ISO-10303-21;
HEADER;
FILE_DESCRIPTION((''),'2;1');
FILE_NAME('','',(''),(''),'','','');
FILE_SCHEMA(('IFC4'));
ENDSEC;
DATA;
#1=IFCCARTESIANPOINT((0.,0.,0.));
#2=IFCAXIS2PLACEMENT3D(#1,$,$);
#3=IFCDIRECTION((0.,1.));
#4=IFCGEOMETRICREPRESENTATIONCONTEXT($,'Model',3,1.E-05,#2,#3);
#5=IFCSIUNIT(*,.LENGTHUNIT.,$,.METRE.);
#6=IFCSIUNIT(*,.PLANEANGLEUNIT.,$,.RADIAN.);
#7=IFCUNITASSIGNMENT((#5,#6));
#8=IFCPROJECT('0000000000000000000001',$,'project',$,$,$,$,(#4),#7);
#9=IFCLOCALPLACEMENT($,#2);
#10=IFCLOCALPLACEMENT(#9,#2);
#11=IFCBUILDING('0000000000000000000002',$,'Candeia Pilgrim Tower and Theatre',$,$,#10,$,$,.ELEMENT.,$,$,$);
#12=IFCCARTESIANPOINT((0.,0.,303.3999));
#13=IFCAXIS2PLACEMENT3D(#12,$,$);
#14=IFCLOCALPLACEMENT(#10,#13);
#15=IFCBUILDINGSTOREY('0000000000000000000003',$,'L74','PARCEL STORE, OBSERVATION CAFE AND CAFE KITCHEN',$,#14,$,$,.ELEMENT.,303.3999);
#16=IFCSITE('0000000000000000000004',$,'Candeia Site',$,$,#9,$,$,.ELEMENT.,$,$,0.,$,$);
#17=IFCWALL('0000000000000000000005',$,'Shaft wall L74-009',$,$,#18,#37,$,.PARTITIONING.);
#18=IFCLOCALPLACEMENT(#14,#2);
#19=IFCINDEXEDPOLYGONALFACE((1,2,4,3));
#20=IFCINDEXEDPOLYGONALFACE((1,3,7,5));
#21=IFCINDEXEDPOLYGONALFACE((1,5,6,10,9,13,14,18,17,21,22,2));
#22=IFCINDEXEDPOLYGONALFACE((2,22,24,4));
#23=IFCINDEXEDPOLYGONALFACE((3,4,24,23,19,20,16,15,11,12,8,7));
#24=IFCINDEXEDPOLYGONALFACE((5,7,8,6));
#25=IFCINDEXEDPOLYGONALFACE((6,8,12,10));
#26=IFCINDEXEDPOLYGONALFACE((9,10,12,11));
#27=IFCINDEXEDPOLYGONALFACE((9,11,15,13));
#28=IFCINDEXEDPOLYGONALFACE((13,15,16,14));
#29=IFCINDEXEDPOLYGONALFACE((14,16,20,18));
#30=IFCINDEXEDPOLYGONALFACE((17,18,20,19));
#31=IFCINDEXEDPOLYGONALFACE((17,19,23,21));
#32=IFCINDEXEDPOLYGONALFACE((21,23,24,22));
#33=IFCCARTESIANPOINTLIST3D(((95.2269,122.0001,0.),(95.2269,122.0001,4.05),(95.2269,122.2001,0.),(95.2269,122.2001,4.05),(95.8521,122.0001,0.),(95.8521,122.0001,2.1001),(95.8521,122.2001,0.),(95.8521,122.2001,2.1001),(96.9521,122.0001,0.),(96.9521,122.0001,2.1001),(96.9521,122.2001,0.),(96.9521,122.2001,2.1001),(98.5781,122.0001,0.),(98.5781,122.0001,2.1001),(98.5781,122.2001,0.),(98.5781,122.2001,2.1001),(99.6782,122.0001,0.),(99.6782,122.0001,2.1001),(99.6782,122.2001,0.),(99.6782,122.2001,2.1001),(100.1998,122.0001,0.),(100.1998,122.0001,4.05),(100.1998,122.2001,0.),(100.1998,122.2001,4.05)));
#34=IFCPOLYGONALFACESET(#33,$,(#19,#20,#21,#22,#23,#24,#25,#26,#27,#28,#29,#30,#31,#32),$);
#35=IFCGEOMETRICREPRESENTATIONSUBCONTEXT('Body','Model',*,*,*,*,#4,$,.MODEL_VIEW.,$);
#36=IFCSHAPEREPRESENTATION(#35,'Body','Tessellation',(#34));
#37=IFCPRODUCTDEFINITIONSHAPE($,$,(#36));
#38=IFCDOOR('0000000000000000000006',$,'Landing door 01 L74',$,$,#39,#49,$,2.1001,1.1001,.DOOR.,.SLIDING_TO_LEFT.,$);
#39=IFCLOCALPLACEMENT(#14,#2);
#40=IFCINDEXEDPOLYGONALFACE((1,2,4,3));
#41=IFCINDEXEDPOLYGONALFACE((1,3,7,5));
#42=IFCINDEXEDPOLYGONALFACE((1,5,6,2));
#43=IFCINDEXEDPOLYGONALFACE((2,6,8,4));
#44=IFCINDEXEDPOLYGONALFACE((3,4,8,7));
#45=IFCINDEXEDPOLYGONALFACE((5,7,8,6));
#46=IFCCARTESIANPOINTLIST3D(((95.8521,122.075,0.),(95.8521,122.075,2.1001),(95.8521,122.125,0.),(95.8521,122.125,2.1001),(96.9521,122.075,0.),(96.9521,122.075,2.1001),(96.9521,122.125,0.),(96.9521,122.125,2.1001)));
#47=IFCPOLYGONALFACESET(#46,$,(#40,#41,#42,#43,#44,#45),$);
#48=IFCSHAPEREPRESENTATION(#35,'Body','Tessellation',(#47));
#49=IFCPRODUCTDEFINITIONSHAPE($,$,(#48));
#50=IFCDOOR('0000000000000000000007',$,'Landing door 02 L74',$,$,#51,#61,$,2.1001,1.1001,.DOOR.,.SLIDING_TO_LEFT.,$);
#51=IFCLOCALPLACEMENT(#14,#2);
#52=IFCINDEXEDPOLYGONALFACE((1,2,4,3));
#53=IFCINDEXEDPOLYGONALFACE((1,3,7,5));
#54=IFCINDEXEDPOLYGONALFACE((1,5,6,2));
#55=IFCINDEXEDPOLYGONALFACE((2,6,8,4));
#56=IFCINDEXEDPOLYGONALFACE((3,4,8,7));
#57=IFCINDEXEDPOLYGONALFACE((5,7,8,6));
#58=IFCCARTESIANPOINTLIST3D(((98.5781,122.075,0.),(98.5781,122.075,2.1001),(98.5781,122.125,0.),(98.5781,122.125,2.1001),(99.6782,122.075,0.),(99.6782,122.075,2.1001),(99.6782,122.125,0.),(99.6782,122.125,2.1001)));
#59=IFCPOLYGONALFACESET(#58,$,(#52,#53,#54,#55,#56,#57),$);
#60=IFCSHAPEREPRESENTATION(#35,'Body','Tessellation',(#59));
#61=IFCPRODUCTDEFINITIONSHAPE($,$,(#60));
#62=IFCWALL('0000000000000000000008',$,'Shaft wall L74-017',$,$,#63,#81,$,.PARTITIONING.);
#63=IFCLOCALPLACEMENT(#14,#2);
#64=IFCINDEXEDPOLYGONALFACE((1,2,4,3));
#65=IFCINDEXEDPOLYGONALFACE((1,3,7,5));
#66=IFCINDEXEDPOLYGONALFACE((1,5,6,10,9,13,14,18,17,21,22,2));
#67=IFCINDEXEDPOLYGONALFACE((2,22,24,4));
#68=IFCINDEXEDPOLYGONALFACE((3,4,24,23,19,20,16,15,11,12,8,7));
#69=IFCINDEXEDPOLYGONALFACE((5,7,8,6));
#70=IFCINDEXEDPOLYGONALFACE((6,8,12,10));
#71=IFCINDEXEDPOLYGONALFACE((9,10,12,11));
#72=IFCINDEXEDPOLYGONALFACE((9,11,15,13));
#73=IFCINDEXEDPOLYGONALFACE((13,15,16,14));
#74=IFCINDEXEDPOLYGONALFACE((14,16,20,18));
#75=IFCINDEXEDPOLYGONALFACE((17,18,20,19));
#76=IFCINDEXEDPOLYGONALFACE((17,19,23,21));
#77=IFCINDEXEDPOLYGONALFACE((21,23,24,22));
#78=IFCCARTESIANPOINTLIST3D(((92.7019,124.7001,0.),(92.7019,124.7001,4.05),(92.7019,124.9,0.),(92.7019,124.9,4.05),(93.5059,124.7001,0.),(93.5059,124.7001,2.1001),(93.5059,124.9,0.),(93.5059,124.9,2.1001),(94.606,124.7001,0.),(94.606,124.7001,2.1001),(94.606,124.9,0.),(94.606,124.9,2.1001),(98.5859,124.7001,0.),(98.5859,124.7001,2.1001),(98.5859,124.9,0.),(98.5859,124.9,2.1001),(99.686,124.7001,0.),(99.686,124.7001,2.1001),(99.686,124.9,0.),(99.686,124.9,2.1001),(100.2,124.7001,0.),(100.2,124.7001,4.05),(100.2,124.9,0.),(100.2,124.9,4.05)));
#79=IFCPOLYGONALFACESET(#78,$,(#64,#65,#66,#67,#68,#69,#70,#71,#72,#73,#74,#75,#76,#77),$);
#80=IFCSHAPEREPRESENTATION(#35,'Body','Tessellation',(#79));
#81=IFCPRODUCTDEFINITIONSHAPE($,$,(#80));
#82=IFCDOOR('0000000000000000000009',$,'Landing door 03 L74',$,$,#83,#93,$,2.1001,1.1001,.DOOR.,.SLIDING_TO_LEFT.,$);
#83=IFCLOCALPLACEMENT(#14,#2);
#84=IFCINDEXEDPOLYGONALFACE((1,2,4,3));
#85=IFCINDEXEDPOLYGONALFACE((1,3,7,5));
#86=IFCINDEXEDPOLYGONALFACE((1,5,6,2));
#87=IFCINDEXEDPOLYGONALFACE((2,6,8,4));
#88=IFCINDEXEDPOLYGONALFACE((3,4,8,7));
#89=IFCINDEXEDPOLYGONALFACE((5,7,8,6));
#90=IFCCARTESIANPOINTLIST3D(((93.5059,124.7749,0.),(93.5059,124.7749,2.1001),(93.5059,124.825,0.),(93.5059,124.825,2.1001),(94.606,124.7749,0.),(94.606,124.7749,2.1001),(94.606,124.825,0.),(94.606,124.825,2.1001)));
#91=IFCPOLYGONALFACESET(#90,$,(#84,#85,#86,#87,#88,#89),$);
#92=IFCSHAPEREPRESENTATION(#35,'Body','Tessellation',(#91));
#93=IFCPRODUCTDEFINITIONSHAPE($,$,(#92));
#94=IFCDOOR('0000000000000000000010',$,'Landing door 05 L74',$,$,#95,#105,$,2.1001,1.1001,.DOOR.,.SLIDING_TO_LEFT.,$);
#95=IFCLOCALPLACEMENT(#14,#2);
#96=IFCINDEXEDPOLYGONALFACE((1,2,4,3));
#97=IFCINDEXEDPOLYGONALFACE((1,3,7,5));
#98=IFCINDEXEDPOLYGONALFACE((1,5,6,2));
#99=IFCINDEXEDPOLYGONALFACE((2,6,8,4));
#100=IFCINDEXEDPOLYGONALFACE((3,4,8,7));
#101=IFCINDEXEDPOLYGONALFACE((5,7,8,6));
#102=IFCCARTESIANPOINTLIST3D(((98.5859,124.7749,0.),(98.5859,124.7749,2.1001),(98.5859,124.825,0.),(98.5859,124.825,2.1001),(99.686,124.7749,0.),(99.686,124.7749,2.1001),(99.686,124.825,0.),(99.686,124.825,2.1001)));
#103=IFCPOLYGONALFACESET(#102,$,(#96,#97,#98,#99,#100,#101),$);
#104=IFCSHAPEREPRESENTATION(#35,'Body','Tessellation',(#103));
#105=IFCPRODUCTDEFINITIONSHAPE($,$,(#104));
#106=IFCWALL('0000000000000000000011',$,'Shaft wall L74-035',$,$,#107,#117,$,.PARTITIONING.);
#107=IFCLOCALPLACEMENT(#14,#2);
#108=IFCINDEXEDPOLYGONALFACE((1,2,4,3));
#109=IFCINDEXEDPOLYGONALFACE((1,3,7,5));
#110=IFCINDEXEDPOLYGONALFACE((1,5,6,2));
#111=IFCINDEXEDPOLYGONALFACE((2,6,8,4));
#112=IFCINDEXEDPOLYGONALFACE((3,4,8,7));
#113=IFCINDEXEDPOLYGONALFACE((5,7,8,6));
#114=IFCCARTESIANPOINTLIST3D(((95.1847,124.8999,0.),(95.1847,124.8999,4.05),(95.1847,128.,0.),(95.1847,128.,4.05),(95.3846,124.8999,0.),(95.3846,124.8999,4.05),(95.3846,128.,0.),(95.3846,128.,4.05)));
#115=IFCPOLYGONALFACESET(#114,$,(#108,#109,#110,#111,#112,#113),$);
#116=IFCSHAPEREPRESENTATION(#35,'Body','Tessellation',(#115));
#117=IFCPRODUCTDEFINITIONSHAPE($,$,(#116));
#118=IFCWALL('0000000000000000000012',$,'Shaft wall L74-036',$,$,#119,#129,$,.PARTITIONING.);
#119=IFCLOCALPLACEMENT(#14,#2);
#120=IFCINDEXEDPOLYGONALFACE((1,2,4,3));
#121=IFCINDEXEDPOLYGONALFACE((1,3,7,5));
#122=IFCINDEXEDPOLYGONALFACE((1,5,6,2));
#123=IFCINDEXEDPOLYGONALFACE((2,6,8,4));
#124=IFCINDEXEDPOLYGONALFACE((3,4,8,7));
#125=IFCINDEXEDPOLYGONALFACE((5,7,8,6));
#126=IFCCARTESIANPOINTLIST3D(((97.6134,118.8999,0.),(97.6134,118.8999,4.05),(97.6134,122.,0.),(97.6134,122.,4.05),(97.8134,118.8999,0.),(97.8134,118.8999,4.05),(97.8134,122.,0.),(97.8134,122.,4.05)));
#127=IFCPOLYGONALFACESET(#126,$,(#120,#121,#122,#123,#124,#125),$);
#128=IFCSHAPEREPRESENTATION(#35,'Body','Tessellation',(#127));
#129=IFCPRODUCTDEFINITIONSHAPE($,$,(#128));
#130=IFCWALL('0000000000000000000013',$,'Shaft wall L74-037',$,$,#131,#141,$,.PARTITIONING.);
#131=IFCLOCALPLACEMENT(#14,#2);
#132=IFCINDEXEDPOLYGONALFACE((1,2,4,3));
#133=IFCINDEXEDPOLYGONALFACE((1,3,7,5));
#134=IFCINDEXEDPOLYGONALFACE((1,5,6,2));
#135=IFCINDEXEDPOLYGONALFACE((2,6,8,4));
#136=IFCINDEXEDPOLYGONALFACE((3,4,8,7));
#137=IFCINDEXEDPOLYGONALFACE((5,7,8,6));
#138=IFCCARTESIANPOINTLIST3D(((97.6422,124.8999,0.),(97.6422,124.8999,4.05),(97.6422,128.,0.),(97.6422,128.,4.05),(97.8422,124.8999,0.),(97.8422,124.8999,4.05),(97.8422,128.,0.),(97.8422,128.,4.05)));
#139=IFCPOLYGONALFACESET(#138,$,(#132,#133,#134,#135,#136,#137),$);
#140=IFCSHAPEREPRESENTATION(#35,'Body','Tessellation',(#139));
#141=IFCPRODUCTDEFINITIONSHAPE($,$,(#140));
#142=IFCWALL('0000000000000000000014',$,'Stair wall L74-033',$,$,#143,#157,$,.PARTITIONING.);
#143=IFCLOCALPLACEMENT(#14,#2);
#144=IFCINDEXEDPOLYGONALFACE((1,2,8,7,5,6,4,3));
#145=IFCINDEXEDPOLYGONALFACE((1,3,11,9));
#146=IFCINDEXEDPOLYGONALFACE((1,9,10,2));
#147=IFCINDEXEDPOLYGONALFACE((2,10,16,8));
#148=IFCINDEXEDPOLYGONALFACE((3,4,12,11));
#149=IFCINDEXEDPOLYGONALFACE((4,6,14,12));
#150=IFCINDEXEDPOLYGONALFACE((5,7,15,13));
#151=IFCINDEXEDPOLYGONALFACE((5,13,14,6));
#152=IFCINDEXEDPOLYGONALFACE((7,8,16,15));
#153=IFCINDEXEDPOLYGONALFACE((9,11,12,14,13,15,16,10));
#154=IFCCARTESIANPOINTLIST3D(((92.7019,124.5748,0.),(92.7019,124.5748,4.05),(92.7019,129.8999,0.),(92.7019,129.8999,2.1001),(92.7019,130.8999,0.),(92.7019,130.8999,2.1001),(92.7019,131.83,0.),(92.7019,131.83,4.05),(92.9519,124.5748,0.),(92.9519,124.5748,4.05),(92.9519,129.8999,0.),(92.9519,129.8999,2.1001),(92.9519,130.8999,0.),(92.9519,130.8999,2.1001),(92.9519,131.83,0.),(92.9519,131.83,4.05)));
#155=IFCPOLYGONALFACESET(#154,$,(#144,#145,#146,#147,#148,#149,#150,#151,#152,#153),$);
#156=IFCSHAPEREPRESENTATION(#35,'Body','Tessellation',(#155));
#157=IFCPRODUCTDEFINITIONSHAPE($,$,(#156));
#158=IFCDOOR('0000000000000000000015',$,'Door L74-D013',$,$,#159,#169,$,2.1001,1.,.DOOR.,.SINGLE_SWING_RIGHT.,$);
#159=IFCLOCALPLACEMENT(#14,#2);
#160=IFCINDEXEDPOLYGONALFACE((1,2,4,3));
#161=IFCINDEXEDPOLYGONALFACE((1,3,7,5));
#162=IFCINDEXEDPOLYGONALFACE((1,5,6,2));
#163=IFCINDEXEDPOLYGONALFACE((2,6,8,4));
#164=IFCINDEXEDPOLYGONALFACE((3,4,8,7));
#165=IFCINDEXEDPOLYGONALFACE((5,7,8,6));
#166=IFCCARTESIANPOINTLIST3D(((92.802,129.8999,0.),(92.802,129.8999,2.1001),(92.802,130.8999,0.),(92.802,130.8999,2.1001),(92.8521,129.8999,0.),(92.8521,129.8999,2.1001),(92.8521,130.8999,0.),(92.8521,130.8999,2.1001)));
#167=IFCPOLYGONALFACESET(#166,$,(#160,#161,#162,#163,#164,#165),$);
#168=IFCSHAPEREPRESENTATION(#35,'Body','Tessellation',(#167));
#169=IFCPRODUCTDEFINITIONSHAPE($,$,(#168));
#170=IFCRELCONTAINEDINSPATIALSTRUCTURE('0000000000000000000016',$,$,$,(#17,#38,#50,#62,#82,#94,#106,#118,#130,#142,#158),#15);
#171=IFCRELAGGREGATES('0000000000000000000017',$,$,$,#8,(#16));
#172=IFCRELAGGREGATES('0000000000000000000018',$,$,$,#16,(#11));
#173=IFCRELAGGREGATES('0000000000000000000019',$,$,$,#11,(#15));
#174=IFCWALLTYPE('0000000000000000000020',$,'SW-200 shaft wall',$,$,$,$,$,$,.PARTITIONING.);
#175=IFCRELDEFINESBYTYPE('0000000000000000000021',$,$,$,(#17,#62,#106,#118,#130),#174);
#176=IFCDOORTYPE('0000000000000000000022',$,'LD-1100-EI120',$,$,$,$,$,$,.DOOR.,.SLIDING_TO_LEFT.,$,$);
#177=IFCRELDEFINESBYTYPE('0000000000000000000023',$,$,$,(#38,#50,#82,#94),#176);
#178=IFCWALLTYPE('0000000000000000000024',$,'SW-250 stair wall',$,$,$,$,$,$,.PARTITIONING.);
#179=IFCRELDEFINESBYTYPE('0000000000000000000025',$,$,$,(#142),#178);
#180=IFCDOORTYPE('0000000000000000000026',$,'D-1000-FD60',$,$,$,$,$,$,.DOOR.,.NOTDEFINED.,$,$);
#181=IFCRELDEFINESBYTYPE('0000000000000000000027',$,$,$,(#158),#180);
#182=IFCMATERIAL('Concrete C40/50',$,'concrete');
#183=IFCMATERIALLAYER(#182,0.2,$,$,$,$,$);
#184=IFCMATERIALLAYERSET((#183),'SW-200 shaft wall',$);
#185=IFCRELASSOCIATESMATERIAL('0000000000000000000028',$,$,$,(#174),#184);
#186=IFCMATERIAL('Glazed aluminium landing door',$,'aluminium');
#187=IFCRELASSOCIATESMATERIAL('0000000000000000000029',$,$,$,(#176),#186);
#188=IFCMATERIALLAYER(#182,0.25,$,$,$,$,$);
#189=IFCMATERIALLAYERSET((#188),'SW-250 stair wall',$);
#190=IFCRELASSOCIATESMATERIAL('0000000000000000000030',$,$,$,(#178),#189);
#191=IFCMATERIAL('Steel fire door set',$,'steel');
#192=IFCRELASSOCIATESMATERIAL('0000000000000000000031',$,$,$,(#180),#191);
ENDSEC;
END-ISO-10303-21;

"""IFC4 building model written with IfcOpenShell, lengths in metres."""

from ifc_helpers import new_model, si_unit, direction, frame, frame_2d, origin, place, context, subcontext, project, spatial, rectangle, extrude, material, layer, layer_set, type_object, element, fill, save


model = new_model("IFC4")

# Units and contexts
model_context = context("Model", 3, precision=1e-05, world=origin(), true_north=direction((0.0, 1.0)))
body_context = subcontext(model_context, "Body", "Model", "MODEL_VIEW")
ifc_project = project(units=[si_unit("LENGTHUNIT", "METRE"), si_unit("PLANEANGLEUNIT", "RADIAN")], contexts=[model_context])

# Site, building, storey
site_placement = place(None, origin())
site = spatial("IfcSite", under=ifc_project, at=site_placement, Name="Candeia Site", CompositionType="ELEMENT", RefElevation=0.0)
building_placement = place(site_placement, origin())
building = spatial("IfcBuilding", under=site, at=building_placement, Name="Candeia Pilgrim Tower and Theatre", CompositionType="ELEMENT")
storey_placement = place(building_placement, frame((0.0, 0.0, 303.3999)))
storey = spatial("IfcBuildingStorey", under=building, at=storey_placement, Name="L74", Description="PARCEL STORE, OBSERVATION CAFE AND CAFE KITCHEN", CompositionType="ELEMENT", Elevation=303.3999)

# Shared definitions
ifc_material_1 = material(Name="Steel fire door set", Category="steel")

# Shared definitions
ifc_material_2 = material(Name="Concrete C40/50", Category="concrete")
ifc_layer_1 = layer(ifc_material_2, 0.2)
ifc_layer_set_1 = layer_set([ifc_layer_1], Name="SW-200 shaft wall")
wall_type_1 = type_object("IfcWallType", Name="SW-200 shaft wall", PredefinedType="PARTITIONING", material=ifc_layer_set_1)

# Walls, openings, doors
wall_1_placement = place(storey_placement, frame((95.2271, 122.1001, 0.0), z_axis=(0.0, 0.0, 1.0), x_axis=(1.0, 0.0, 0.0)))
wall_1 = element("IfcWall", 1, at=wall_1_placement, inside=storey, type_object=wall_type_1, Name="Shaft wall L74-009", PredefinedType="PARTITIONING", context=body_context, shape_type="SweptSolid", body=[
    extrude(rectangle(XDim=4.9729, YDim=0.2, at=frame_2d((2.4863, 0.0))), origin(), (0.0, 0.0, 1.0), 4.05),
])
opening_1_placement = place(wall_1_placement, frame((0.625, 0.0, 0.0)))
opening_1 = element("IfcOpeningElement", 2, at=opening_1_placement, cuts=wall_1, PredefinedType="OPENING", context=body_context, shape_type="SweptSolid", body=[
    extrude(rectangle(XDim=1.1001, YDim=2.1001, at=frame_2d((0.55, 1.05))), frame((0.0, 0.1099, 0.0), z_axis=(0.0, -1.0, 0.0), x_axis=(1.0, 0.0, 0.0)), (0.0, 0.0, 1.0), 0.22),
])
opening_2_placement = place(wall_1_placement, frame((3.3511, 0.0, 0.0)))
opening_2 = element("IfcOpeningElement", 3, at=opening_2_placement, cuts=wall_1, PredefinedType="OPENING", context=body_context, shape_type="SweptSolid", body=[
    extrude(rectangle(XDim=1.1001, YDim=2.1001, at=frame_2d((0.55, 1.05))), frame((0.0, 0.1099, 0.0), z_axis=(0.0, -1.0, 0.0), x_axis=(1.0, 0.0, 0.0)), (0.0, 0.0, 1.0), 0.22),
])
ifc_material_3 = material(Name="Glazed aluminium landing door", Category="aluminium")
door_type_1 = type_object("IfcDoorType", Name="LD-1100-EI120", OperationType="SLIDING_TO_LEFT", PredefinedType="DOOR", material=ifc_material_3)
door_1_placement = place(opening_1_placement, origin())
door_1 = element("IfcDoor", 4, at=door_1_placement, inside=storey, type_object=door_type_1, Name="Landing door 01 L74", OperationType="SLIDING_TO_LEFT", OverallHeight=2.1001, OverallWidth=1.1001, PredefinedType="DOOR", context=body_context, shape_type="SweptSolid", body=[
    extrude(rectangle(XDim=1.1001, YDim=2.1001, at=frame_2d((0.55, 1.05))), frame((0.0, 0.0249, 0.0), z_axis=(0.0, -1.0, 0.0), x_axis=(1.0, 0.0, 0.0)), (0.0, 0.0, 1.0), 0.05),
])
fill(opening_1, door_1)
door_2_placement = place(opening_2_placement, origin())
door_2 = element("IfcDoor", 5, at=door_2_placement, inside=storey, type_object=door_type_1, Name="Landing door 02 L74", OperationType="SLIDING_TO_LEFT", OverallHeight=2.1001, OverallWidth=1.1001, PredefinedType="DOOR", context=body_context, shape_type="SweptSolid", body=[
    extrude(rectangle(XDim=1.1001, YDim=2.1001, at=frame_2d((0.55, 1.05))), frame((0.0, 0.0249, 0.0), z_axis=(0.0, -1.0, 0.0), x_axis=(1.0, 0.0, 0.0)), (0.0, 0.0, 1.0), 0.05),
])
fill(opening_2, door_2)
wall_2_placement = place(storey_placement, frame((92.7019, 124.8, 0.0), z_axis=(0.0, 0.0, 1.0), x_axis=(1.0, 0.0, 0.0)))
wall_2 = element("IfcWall", 6, at=wall_2_placement, inside=storey, type_object=wall_type_1, Name="Shaft wall L74-017", PredefinedType="PARTITIONING", context=body_context, shape_type="SweptSolid", body=[
    extrude(rectangle(XDim=7.498, YDim=0.2, at=frame_2d((3.749, 0.0))), origin(), (0.0, 0.0, 1.0), 4.05),
])
opening_3_placement = place(wall_2_placement, frame((0.804, 0.0, 0.0)))
opening_3 = element("IfcOpeningElement", 7, at=opening_3_placement, cuts=wall_2, PredefinedType="OPENING", context=body_context, shape_type="SweptSolid", body=[
    extrude(rectangle(XDim=1.1001, YDim=2.1001, at=frame_2d((0.55, 1.05))), frame((0.0, 0.1099, 0.0), z_axis=(0.0, -1.0, 0.0), x_axis=(1.0, 0.0, 0.0)), (0.0, 0.0, 1.0), 0.22),
])
opening_4_placement = place(wall_2_placement, frame((5.884, 0.0, 0.0)))
opening_4 = element("IfcOpeningElement", 8, at=opening_4_placement, cuts=wall_2, PredefinedType="OPENING", context=body_context, shape_type="SweptSolid", body=[
    extrude(rectangle(XDim=1.1001, YDim=2.1001, at=frame_2d((0.55, 1.05))), frame((0.0, 0.1099, 0.0), z_axis=(0.0, -1.0, 0.0), x_axis=(1.0, 0.0, 0.0)), (0.0, 0.0, 1.0), 0.22),
])
door_3_placement = place(opening_3_placement, origin())
door_3 = element("IfcDoor", 9, at=door_3_placement, inside=storey, type_object=door_type_1, Name="Landing door 03 L74", OperationType="SLIDING_TO_LEFT", OverallHeight=2.1001, OverallWidth=1.1001, PredefinedType="DOOR", context=body_context, shape_type="SweptSolid", body=[
    extrude(rectangle(XDim=1.1001, YDim=2.1001, at=frame_2d((0.55, 1.05))), frame((0.0, 0.0249, 0.0), z_axis=(0.0, -1.0, 0.0), x_axis=(1.0, 0.0, 0.0)), (0.0, 0.0, 1.0), 0.05),
])
fill(opening_3, door_3)
door_4_placement = place(opening_4_placement, origin())
door_4 = element("IfcDoor", 10, at=door_4_placement, inside=storey, type_object=door_type_1, Name="Landing door 05 L74", OperationType="SLIDING_TO_LEFT", OverallHeight=2.1001, OverallWidth=1.1001, PredefinedType="DOOR", context=body_context, shape_type="SweptSolid", body=[
    extrude(rectangle(XDim=1.1001, YDim=2.1001, at=frame_2d((0.55, 1.05))), frame((0.0, 0.0249, 0.0), z_axis=(0.0, -1.0, 0.0), x_axis=(1.0, 0.0, 0.0)), (0.0, 0.0, 1.0), 0.05),
])
fill(opening_4, door_4)

# Walls
for number, where, z_axis, x_axis, name in (
    (11, (95.2847, 124.8999, 0.0), (0.0, 0.0, 1.0), (0.0, 1.0, 0.0), "Shaft wall L74-035"),
    (12, (97.7134, 118.8999, 0.0), (0.0, 0.0, 1.0), (0.0, 1.0, 0.0), "Shaft wall L74-036"),
    (13, (97.7422, 124.8999, 0.0), (0.0, 0.0, 1.0), (0.0, 1.0, 0.0), "Shaft wall L74-037"),
):
    element("IfcWall", number, at=place(storey_placement, frame(where, z_axis=z_axis, x_axis=x_axis)), inside=storey, type_object=wall_type_1, Name=name, PredefinedType="PARTITIONING", context=body_context, shape_type="SweptSolid", body=[
        extrude(rectangle(XDim=3.1001, YDim=0.2, at=frame_2d((1.55, 0.0))), origin(), (0.0, 0.0, 1.0), 4.05),
    ])

# Wall, opening, door
ifc_layer_2 = layer(ifc_material_2, 0.25)
ifc_layer_set_2 = layer_set([ifc_layer_2], Name="SW-250 stair wall")
wall_type_2 = type_object("IfcWallType", Name="SW-250 stair wall", PredefinedType="PARTITIONING", material=ifc_layer_set_2)
wall_3_placement = place(storey_placement, frame((92.8269, 124.575, 0.0), z_axis=(0.0, 0.0, 1.0), x_axis=(0.0, 1.0, 0.0)))
wall_3 = element("IfcWall", 14, at=wall_3_placement, inside=storey, type_object=wall_type_2, Name="Stair wall L74-033", PredefinedType="PARTITIONING", context=body_context, shape_type="SweptSolid", body=[
    extrude(rectangle(XDim=7.2551, YDim=0.25, at=frame_2d((3.6274, 0.0))), origin(), (0.0, 0.0, 1.0), 4.05),
])
opening_5_placement = place(wall_3_placement, frame((5.325, 0.0, 0.0)))
opening_5 = element("IfcOpeningElement", 15, at=opening_5_placement, cuts=wall_3, PredefinedType="OPENING", context=body_context, shape_type="SweptSolid", body=[
    extrude(rectangle(XDim=1.0, YDim=2.1001, at=frame_2d((0.5, 1.05))), frame((0.0, 0.135, 0.0), z_axis=(0.0, -1.0, 0.0), x_axis=(1.0, 0.0, 0.0)), (0.0, 0.0, 1.0), 0.27),
])
door_type_2 = type_object("IfcDoorType", Name="D-1000-FD60", OperationType="NOTDEFINED", PredefinedType="DOOR", material=ifc_material_1)
door_5_placement = place(opening_5_placement, origin())
door_5 = element("IfcDoor", 16, at=door_5_placement, inside=storey, type_object=door_type_2, Name="Door L74-D013", OperationType="SINGLE_SWING_RIGHT", OverallHeight=2.1001, OverallWidth=1.0, PredefinedType="DOOR", context=body_context, shape_type="SweptSolid", body=[
    extrude(rectangle(XDim=1.0, YDim=2.1001, at=frame_2d((0.5, 1.05))), frame((0.0, 0.0249, 0.0), z_axis=(0.0, -1.0, 0.0), x_axis=(1.0, 0.0, 0.0)), (0.0, 0.0, 1.0), 0.05),
])
fill(opening_5, door_5)

save(model, "model.ifc")
